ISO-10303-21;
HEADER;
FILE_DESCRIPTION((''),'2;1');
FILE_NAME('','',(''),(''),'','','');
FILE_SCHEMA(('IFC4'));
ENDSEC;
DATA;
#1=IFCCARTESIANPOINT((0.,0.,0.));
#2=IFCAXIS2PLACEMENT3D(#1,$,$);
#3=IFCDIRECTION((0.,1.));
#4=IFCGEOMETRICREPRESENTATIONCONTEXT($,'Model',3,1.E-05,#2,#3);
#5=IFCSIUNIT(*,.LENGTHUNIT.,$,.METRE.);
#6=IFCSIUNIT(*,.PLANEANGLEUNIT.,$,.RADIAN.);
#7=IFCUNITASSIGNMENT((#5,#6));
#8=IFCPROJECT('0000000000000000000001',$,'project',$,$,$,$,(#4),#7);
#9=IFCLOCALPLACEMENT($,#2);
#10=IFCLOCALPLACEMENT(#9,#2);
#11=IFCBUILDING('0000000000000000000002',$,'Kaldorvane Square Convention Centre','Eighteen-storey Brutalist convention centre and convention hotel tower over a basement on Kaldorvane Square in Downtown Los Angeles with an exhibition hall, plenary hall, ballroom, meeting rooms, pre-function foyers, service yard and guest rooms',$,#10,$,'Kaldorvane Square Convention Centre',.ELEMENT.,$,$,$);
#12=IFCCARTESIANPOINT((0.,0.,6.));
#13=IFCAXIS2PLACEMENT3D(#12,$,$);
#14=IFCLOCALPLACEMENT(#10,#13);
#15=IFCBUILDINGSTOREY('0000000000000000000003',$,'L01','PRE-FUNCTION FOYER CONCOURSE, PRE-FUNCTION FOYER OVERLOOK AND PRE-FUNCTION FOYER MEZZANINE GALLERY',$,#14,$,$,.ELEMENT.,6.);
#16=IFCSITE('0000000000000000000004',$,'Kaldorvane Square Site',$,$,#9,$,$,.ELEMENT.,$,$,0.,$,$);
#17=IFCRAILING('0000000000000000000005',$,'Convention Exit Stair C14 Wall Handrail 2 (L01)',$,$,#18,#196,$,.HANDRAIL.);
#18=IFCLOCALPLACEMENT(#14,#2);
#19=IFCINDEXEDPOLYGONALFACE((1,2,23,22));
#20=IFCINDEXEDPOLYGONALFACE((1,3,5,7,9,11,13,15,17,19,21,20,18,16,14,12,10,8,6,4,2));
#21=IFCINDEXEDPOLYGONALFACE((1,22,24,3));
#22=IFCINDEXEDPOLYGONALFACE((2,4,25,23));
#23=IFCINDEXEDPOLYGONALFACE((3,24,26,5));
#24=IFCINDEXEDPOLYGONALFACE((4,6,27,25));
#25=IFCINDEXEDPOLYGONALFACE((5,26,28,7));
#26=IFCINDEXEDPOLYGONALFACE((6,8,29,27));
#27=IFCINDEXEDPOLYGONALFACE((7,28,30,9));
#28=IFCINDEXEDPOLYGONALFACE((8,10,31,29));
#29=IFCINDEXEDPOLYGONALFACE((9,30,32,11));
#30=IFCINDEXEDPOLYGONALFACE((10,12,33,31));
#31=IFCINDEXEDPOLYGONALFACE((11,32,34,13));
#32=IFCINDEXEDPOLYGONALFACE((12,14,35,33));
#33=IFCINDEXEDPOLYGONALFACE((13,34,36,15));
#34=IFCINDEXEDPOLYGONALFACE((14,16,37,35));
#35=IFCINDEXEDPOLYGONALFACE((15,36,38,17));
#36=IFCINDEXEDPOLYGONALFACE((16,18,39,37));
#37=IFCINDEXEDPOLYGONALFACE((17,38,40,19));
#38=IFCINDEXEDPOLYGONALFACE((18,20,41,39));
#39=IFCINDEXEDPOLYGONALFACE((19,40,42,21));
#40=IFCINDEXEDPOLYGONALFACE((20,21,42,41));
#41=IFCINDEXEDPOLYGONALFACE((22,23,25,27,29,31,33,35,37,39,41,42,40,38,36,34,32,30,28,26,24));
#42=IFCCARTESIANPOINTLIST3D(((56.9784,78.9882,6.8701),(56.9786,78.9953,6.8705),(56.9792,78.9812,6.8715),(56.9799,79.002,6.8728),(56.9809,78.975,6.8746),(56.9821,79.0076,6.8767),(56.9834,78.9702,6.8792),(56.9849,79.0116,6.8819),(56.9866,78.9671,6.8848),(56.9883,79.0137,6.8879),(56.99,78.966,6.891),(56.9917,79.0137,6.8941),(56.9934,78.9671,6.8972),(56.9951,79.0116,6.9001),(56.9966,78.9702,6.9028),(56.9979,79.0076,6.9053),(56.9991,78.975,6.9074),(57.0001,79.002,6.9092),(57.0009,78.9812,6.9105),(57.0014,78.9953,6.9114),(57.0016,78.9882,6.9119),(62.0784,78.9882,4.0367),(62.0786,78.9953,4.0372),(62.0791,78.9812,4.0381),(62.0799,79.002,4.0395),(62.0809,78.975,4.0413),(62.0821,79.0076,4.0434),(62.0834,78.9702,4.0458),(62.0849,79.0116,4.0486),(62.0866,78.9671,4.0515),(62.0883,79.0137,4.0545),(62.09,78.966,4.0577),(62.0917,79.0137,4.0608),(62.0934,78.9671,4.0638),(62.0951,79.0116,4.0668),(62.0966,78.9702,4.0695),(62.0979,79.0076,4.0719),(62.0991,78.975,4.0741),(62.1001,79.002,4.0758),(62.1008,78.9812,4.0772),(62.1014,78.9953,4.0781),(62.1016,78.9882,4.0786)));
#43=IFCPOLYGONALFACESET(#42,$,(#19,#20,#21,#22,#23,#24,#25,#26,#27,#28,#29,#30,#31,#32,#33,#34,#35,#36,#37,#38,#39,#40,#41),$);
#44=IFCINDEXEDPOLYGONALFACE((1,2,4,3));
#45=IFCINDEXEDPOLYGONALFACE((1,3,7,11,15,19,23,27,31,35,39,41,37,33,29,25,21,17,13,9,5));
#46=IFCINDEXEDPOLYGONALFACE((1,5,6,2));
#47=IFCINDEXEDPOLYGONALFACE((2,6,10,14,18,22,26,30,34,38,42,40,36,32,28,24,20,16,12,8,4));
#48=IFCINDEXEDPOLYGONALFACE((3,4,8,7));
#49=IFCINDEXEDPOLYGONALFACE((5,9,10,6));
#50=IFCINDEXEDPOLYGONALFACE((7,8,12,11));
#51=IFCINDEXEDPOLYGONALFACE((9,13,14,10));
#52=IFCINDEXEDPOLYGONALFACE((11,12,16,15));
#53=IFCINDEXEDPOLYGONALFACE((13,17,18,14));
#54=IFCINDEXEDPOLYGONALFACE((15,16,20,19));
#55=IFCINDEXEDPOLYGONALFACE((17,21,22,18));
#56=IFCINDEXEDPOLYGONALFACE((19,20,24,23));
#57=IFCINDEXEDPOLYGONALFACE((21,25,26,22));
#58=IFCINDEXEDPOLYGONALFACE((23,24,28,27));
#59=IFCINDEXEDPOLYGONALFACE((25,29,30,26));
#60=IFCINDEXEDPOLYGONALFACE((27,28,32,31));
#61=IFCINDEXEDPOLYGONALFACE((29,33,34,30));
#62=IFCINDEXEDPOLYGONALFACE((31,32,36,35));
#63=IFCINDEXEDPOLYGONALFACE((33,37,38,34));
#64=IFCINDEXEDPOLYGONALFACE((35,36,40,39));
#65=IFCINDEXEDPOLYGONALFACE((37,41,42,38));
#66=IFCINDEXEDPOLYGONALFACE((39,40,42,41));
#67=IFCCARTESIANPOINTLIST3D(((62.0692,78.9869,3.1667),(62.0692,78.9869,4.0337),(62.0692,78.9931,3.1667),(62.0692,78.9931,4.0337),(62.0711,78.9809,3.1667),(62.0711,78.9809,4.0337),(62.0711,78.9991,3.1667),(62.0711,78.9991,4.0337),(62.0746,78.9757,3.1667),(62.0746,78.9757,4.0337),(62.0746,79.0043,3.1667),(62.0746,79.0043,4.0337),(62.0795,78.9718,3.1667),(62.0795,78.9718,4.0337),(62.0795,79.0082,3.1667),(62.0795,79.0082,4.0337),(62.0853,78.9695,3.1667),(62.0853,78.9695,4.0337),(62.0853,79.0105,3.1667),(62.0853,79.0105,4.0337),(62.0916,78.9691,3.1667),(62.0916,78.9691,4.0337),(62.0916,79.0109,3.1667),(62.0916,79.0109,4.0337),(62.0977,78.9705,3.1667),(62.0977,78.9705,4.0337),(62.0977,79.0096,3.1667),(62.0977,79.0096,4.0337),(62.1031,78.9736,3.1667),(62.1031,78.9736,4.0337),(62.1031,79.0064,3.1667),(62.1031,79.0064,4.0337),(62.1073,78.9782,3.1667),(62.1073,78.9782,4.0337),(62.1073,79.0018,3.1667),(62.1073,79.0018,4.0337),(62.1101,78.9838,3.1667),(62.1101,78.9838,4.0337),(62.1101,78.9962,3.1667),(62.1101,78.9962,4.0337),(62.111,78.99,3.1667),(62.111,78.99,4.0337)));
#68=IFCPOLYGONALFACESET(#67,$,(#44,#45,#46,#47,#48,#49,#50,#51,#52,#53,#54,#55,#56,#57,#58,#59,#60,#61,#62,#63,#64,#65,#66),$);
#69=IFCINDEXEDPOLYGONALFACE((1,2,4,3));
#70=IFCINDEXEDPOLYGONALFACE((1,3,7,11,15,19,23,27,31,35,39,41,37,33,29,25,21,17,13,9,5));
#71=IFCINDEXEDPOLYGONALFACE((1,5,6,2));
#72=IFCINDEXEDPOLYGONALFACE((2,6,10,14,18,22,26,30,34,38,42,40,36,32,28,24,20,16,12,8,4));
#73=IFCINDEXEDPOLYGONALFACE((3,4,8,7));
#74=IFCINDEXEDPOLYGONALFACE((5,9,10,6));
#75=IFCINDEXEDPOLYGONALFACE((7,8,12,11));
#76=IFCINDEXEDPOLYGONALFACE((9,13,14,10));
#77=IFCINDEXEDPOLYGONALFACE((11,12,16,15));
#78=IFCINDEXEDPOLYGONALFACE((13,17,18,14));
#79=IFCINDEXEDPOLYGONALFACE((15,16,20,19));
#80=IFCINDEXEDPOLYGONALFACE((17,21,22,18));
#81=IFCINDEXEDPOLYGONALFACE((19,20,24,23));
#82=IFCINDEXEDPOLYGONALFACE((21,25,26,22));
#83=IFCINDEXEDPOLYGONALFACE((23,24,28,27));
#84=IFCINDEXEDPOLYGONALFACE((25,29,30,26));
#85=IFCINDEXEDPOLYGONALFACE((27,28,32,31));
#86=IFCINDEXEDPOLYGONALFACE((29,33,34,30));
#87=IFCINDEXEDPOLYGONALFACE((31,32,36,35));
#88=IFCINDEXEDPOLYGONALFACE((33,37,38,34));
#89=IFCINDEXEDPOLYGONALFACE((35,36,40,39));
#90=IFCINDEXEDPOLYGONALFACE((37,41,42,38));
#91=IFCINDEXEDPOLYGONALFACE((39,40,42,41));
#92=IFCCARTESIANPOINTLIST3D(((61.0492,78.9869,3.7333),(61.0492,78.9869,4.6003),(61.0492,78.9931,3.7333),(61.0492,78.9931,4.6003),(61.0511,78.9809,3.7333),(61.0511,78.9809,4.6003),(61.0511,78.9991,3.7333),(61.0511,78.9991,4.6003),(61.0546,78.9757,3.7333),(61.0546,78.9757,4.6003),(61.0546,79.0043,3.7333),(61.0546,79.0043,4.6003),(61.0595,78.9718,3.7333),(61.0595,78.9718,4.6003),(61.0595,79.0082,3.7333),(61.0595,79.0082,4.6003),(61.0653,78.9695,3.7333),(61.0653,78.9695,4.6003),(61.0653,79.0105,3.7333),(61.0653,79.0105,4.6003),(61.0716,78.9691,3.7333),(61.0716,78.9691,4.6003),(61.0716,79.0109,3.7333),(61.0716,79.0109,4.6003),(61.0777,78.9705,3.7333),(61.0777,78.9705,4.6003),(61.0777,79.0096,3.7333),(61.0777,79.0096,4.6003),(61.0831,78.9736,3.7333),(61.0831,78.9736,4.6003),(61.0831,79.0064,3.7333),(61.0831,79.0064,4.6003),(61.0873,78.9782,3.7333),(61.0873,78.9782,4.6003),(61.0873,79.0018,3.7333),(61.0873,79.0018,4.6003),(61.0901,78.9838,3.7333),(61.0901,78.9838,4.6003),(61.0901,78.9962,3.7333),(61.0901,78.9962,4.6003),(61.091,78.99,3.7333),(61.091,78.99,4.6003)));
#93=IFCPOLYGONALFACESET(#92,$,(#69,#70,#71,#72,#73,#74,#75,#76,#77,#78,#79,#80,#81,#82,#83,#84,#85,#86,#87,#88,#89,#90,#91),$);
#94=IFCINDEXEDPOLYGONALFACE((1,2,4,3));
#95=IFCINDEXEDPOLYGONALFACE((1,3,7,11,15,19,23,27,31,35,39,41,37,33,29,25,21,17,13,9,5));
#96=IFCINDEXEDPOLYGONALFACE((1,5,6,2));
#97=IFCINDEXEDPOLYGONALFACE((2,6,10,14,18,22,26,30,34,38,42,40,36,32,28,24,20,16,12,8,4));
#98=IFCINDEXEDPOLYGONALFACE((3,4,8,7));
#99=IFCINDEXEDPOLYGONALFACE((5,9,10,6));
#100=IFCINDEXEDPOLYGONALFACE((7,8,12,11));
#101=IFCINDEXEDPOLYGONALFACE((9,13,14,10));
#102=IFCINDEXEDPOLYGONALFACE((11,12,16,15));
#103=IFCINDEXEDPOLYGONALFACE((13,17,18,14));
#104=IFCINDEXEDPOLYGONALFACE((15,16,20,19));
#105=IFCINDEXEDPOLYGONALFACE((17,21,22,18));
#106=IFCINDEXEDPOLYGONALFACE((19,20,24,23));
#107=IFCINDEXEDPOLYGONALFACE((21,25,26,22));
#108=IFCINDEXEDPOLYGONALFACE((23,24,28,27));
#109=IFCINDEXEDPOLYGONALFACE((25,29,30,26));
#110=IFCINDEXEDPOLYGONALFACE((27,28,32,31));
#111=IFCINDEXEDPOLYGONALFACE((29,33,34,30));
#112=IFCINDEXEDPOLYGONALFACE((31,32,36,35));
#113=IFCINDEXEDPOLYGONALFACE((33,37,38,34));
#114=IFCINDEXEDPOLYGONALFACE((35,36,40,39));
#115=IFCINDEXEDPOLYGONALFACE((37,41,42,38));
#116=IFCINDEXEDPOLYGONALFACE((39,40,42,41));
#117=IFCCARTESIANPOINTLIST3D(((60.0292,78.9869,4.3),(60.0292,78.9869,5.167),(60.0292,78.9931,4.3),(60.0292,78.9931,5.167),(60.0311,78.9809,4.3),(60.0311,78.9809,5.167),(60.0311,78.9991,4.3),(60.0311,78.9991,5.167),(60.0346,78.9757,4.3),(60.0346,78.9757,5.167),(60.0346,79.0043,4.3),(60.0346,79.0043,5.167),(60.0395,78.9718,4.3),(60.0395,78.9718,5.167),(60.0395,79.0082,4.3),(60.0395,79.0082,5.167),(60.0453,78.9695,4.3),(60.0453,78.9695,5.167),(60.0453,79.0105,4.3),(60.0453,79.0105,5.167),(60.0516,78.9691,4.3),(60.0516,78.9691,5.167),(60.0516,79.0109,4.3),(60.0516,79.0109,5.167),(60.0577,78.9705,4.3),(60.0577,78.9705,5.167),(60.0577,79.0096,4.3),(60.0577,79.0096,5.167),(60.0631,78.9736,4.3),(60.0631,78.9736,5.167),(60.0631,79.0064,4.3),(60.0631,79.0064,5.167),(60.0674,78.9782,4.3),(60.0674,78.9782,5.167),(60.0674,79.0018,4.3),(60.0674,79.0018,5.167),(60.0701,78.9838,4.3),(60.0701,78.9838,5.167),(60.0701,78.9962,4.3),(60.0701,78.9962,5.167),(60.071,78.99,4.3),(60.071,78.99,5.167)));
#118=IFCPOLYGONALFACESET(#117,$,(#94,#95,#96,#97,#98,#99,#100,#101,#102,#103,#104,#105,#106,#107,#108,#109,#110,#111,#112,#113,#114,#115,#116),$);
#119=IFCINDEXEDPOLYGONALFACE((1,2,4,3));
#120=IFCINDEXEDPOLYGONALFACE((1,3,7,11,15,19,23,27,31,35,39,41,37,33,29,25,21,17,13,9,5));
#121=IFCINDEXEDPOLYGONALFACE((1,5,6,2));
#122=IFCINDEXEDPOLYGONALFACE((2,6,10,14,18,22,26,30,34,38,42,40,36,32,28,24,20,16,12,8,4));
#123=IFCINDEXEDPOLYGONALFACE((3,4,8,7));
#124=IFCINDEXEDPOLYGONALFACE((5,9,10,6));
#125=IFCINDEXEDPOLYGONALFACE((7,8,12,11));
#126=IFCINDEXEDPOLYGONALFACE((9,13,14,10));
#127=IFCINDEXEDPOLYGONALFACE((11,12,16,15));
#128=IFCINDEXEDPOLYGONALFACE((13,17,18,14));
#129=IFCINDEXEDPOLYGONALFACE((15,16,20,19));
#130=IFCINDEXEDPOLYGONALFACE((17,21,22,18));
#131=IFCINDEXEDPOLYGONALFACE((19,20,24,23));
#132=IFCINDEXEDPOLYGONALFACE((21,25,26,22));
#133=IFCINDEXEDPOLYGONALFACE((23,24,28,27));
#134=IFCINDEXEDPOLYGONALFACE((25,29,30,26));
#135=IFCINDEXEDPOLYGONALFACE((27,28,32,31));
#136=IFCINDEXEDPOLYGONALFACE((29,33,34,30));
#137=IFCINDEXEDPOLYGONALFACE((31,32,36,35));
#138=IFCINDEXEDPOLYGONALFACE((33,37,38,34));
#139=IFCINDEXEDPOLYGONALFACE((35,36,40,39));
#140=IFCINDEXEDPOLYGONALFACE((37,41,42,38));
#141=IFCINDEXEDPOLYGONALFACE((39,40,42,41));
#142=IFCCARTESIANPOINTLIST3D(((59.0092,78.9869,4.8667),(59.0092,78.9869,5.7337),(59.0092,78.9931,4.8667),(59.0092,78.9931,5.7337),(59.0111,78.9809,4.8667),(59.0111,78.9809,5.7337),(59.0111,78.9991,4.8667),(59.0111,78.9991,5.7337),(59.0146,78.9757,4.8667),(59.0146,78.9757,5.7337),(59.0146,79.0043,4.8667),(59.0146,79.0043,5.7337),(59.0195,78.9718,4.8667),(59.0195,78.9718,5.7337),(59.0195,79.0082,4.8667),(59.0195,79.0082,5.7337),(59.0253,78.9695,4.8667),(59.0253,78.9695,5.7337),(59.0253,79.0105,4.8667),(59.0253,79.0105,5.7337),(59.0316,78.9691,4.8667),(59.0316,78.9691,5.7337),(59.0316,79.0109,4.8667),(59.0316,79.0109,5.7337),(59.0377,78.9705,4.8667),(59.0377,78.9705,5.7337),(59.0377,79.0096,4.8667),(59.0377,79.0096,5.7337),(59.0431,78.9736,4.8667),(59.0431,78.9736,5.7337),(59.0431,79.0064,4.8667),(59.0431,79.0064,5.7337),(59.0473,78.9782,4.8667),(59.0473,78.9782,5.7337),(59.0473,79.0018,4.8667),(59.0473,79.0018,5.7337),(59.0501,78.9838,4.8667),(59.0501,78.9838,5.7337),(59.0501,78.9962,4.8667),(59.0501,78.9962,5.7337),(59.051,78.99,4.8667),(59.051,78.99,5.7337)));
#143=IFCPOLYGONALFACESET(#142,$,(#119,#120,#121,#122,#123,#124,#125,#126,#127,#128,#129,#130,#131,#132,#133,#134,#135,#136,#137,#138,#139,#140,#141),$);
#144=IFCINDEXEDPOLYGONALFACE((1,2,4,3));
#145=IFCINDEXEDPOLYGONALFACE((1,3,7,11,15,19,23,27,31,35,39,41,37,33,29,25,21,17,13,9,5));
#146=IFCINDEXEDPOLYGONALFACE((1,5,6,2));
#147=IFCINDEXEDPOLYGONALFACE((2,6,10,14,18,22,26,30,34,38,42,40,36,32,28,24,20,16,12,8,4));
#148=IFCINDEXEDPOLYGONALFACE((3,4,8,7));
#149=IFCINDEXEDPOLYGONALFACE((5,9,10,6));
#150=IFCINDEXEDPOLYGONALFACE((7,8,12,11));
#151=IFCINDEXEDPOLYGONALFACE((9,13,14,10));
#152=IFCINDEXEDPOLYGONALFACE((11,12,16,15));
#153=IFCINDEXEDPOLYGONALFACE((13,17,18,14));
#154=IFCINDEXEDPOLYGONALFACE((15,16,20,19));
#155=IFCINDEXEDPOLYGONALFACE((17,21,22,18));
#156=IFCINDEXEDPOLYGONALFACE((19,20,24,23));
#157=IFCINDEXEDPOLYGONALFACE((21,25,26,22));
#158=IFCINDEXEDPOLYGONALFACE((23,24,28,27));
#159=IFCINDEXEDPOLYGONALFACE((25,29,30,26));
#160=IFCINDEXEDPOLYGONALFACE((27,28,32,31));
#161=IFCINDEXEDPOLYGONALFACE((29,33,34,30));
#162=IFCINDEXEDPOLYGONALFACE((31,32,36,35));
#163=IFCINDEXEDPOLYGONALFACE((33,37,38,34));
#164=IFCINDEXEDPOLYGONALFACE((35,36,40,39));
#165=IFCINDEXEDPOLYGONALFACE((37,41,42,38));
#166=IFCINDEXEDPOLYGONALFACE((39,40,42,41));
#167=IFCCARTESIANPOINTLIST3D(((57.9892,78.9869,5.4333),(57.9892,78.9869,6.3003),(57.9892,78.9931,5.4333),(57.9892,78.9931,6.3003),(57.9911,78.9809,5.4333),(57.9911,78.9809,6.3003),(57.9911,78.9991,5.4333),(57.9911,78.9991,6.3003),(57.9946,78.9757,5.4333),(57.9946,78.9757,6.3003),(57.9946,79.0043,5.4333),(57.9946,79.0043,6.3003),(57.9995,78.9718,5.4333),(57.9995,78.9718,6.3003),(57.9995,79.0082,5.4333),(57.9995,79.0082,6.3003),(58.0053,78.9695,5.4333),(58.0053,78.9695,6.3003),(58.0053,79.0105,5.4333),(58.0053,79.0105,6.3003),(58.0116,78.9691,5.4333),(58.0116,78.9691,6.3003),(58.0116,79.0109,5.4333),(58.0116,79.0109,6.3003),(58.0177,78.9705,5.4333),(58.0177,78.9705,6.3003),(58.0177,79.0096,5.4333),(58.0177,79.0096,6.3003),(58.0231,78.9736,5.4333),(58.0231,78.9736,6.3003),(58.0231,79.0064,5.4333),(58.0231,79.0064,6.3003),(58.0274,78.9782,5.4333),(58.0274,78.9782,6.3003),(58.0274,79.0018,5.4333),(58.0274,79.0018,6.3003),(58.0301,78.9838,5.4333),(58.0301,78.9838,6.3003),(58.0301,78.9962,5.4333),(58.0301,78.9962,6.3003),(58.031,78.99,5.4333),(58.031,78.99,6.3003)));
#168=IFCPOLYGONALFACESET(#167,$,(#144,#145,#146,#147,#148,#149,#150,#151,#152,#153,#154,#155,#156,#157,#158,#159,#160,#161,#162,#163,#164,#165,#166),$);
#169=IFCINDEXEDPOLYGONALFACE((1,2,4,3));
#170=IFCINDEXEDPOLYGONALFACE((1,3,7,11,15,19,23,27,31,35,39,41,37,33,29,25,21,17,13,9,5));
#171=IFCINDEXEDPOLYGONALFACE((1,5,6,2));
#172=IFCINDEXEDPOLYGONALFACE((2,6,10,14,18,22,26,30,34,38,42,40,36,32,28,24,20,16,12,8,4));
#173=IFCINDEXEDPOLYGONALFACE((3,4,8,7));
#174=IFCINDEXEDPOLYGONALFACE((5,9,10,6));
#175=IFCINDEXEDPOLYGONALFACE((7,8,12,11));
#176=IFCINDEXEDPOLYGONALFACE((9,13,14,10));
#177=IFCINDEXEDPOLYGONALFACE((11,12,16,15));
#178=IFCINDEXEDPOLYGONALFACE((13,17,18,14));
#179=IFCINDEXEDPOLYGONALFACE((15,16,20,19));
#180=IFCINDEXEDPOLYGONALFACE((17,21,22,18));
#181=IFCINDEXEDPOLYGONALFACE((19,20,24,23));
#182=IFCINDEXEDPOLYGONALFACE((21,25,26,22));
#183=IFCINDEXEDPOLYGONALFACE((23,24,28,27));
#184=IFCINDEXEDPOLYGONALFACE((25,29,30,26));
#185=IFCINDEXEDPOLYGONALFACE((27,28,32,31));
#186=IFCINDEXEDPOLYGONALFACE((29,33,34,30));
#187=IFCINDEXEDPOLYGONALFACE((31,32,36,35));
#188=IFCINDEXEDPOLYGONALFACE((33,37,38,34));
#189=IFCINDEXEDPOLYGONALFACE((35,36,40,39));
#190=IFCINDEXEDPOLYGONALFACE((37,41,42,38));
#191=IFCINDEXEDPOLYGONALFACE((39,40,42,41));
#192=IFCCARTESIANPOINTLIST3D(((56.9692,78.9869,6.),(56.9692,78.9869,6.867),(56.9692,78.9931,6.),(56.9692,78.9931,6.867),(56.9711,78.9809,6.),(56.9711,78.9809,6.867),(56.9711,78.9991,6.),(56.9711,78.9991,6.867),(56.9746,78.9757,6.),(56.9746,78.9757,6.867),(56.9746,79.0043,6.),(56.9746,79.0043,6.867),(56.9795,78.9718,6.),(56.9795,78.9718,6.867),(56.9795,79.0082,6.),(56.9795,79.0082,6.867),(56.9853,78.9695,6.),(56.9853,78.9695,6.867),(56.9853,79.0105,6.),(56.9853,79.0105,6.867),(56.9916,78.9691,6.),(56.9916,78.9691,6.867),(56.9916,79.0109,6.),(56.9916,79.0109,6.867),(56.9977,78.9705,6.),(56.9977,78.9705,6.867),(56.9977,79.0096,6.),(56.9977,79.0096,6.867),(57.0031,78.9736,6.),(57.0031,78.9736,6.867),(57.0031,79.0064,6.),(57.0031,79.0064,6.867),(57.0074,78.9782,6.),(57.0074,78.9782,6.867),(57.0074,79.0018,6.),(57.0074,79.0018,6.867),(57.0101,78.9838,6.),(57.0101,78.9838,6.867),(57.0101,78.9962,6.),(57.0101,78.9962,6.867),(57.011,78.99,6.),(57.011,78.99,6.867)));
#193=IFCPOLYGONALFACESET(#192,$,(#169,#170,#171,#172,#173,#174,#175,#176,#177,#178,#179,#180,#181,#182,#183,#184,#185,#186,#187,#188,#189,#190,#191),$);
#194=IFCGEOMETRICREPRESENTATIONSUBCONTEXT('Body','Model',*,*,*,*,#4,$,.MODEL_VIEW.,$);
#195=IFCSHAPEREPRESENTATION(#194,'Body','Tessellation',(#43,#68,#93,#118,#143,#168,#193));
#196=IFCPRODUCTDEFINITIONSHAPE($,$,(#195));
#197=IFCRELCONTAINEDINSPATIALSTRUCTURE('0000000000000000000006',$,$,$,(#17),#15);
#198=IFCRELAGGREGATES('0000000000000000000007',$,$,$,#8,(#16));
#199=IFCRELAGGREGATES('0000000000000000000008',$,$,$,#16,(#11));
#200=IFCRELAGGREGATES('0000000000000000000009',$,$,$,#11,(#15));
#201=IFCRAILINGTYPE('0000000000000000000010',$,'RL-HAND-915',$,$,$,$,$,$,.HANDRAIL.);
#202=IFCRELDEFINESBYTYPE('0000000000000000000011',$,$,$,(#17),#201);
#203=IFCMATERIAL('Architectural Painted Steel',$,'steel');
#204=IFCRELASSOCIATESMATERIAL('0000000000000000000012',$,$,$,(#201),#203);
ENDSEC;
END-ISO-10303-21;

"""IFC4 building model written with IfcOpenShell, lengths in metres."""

from ifc_helpers import new_model, si_unit, direction, frame, origin, origin_2d, place, context, subcontext, project, spatial, circle, extrude, material, type_object, element, save


model = new_model("IFC4")

# Units and contexts
model_context = context("Model", 3, precision=1e-05, world=origin(), true_north=direction((0.0, 1.0)))
body_context = subcontext(model_context, "Body", "Model", "MODEL_VIEW")
ifc_project = project(units=[si_unit("LENGTHUNIT", "METRE"), si_unit("PLANEANGLEUNIT", "RADIAN")], contexts=[model_context])

# Site, building, storey
site_placement = place(None, origin())
site = spatial("IfcSite", under=ifc_project, at=site_placement, Name="Kaldorvane Square Site", CompositionType="ELEMENT", RefElevation=0.0)
building_placement = place(site_placement, origin())
building = spatial("IfcBuilding", under=site, at=building_placement, Name="Kaldorvane Square Convention Centre", Description="Eighteen-storey Brutalist convention centre and convention hotel tower over a basement on Kaldorvane Square in Downtown Los Angeles with an exhibition hall, plenary hall, ballroom, meeting rooms, pre-function foyers, service yard and guest rooms", LongName="Kaldorvane Square Convention Centre", CompositionType="ELEMENT")
storey_placement = place(building_placement, frame((0.0, 0.0, 6.0)))
storey = spatial("IfcBuildingStorey", under=building, at=storey_placement, Name="L01", Description="PRE-FUNCTION FOYER CONCOURSE, PRE-FUNCTION FOYER OVERLOOK AND PRE-FUNCTION FOYER MEZZANINE GALLERY", CompositionType="ELEMENT", Elevation=6.0)

# Railing
ifc_material_1 = material(Name="Architectural Painted Steel", Category="steel")
railing_type_1 = type_object("IfcRailingType", Name="RL-HAND-915", PredefinedType="HANDRAIL", material=ifc_material_1)
railing_1_placement = place(storey_placement, frame((62.09, 78.99, 3.1667)))
element("IfcRailing", 1, at=railing_1_placement, inside=storey, type_object=railing_type_1, Name="Convention Exit Stair C14 Wall Handrail 2 (L01)", PredefinedType="HANDRAIL", context=body_context, shape_type="SweptSolid", body=[
    extrude(circle(Radius=0.024, at=origin_2d()), frame((0.0, 0.0, 0.891), z_axis=(-0.874157, 0.0, 0.485643), x_axis=(0.0, -1.0, 0.0)), (0.0, 0.0, 1.0), 5.8342),
    extrude(circle(Radius=0.021, at=origin_2d()), origin(), (0.0, 0.0, 1.0), 0.867),
    extrude(circle(Radius=0.021, at=origin_2d()), frame((-1.02, 0.0, 0.5667)), (0.0, 0.0, 1.0), 0.867),
    extrude(circle(Radius=0.021, at=origin_2d()), frame((-2.04, 0.0, 1.1333)), (0.0, 0.0, 1.0), 0.867),
    extrude(circle(Radius=0.021, at=origin_2d()), frame((-3.06, 0.0, 1.7)), (0.0, 0.0, 1.0), 0.867),
    extrude(circle(Radius=0.021, at=origin_2d()), frame((-4.08, 0.0, 2.2667)), (0.0, 0.0, 1.0), 0.867),
    extrude(circle(Radius=0.021, at=origin_2d()), frame((-5.1, 0.0, 2.8333)), (0.0, 0.0, 1.0), 0.867),
])

save(model, "model.ifc")
